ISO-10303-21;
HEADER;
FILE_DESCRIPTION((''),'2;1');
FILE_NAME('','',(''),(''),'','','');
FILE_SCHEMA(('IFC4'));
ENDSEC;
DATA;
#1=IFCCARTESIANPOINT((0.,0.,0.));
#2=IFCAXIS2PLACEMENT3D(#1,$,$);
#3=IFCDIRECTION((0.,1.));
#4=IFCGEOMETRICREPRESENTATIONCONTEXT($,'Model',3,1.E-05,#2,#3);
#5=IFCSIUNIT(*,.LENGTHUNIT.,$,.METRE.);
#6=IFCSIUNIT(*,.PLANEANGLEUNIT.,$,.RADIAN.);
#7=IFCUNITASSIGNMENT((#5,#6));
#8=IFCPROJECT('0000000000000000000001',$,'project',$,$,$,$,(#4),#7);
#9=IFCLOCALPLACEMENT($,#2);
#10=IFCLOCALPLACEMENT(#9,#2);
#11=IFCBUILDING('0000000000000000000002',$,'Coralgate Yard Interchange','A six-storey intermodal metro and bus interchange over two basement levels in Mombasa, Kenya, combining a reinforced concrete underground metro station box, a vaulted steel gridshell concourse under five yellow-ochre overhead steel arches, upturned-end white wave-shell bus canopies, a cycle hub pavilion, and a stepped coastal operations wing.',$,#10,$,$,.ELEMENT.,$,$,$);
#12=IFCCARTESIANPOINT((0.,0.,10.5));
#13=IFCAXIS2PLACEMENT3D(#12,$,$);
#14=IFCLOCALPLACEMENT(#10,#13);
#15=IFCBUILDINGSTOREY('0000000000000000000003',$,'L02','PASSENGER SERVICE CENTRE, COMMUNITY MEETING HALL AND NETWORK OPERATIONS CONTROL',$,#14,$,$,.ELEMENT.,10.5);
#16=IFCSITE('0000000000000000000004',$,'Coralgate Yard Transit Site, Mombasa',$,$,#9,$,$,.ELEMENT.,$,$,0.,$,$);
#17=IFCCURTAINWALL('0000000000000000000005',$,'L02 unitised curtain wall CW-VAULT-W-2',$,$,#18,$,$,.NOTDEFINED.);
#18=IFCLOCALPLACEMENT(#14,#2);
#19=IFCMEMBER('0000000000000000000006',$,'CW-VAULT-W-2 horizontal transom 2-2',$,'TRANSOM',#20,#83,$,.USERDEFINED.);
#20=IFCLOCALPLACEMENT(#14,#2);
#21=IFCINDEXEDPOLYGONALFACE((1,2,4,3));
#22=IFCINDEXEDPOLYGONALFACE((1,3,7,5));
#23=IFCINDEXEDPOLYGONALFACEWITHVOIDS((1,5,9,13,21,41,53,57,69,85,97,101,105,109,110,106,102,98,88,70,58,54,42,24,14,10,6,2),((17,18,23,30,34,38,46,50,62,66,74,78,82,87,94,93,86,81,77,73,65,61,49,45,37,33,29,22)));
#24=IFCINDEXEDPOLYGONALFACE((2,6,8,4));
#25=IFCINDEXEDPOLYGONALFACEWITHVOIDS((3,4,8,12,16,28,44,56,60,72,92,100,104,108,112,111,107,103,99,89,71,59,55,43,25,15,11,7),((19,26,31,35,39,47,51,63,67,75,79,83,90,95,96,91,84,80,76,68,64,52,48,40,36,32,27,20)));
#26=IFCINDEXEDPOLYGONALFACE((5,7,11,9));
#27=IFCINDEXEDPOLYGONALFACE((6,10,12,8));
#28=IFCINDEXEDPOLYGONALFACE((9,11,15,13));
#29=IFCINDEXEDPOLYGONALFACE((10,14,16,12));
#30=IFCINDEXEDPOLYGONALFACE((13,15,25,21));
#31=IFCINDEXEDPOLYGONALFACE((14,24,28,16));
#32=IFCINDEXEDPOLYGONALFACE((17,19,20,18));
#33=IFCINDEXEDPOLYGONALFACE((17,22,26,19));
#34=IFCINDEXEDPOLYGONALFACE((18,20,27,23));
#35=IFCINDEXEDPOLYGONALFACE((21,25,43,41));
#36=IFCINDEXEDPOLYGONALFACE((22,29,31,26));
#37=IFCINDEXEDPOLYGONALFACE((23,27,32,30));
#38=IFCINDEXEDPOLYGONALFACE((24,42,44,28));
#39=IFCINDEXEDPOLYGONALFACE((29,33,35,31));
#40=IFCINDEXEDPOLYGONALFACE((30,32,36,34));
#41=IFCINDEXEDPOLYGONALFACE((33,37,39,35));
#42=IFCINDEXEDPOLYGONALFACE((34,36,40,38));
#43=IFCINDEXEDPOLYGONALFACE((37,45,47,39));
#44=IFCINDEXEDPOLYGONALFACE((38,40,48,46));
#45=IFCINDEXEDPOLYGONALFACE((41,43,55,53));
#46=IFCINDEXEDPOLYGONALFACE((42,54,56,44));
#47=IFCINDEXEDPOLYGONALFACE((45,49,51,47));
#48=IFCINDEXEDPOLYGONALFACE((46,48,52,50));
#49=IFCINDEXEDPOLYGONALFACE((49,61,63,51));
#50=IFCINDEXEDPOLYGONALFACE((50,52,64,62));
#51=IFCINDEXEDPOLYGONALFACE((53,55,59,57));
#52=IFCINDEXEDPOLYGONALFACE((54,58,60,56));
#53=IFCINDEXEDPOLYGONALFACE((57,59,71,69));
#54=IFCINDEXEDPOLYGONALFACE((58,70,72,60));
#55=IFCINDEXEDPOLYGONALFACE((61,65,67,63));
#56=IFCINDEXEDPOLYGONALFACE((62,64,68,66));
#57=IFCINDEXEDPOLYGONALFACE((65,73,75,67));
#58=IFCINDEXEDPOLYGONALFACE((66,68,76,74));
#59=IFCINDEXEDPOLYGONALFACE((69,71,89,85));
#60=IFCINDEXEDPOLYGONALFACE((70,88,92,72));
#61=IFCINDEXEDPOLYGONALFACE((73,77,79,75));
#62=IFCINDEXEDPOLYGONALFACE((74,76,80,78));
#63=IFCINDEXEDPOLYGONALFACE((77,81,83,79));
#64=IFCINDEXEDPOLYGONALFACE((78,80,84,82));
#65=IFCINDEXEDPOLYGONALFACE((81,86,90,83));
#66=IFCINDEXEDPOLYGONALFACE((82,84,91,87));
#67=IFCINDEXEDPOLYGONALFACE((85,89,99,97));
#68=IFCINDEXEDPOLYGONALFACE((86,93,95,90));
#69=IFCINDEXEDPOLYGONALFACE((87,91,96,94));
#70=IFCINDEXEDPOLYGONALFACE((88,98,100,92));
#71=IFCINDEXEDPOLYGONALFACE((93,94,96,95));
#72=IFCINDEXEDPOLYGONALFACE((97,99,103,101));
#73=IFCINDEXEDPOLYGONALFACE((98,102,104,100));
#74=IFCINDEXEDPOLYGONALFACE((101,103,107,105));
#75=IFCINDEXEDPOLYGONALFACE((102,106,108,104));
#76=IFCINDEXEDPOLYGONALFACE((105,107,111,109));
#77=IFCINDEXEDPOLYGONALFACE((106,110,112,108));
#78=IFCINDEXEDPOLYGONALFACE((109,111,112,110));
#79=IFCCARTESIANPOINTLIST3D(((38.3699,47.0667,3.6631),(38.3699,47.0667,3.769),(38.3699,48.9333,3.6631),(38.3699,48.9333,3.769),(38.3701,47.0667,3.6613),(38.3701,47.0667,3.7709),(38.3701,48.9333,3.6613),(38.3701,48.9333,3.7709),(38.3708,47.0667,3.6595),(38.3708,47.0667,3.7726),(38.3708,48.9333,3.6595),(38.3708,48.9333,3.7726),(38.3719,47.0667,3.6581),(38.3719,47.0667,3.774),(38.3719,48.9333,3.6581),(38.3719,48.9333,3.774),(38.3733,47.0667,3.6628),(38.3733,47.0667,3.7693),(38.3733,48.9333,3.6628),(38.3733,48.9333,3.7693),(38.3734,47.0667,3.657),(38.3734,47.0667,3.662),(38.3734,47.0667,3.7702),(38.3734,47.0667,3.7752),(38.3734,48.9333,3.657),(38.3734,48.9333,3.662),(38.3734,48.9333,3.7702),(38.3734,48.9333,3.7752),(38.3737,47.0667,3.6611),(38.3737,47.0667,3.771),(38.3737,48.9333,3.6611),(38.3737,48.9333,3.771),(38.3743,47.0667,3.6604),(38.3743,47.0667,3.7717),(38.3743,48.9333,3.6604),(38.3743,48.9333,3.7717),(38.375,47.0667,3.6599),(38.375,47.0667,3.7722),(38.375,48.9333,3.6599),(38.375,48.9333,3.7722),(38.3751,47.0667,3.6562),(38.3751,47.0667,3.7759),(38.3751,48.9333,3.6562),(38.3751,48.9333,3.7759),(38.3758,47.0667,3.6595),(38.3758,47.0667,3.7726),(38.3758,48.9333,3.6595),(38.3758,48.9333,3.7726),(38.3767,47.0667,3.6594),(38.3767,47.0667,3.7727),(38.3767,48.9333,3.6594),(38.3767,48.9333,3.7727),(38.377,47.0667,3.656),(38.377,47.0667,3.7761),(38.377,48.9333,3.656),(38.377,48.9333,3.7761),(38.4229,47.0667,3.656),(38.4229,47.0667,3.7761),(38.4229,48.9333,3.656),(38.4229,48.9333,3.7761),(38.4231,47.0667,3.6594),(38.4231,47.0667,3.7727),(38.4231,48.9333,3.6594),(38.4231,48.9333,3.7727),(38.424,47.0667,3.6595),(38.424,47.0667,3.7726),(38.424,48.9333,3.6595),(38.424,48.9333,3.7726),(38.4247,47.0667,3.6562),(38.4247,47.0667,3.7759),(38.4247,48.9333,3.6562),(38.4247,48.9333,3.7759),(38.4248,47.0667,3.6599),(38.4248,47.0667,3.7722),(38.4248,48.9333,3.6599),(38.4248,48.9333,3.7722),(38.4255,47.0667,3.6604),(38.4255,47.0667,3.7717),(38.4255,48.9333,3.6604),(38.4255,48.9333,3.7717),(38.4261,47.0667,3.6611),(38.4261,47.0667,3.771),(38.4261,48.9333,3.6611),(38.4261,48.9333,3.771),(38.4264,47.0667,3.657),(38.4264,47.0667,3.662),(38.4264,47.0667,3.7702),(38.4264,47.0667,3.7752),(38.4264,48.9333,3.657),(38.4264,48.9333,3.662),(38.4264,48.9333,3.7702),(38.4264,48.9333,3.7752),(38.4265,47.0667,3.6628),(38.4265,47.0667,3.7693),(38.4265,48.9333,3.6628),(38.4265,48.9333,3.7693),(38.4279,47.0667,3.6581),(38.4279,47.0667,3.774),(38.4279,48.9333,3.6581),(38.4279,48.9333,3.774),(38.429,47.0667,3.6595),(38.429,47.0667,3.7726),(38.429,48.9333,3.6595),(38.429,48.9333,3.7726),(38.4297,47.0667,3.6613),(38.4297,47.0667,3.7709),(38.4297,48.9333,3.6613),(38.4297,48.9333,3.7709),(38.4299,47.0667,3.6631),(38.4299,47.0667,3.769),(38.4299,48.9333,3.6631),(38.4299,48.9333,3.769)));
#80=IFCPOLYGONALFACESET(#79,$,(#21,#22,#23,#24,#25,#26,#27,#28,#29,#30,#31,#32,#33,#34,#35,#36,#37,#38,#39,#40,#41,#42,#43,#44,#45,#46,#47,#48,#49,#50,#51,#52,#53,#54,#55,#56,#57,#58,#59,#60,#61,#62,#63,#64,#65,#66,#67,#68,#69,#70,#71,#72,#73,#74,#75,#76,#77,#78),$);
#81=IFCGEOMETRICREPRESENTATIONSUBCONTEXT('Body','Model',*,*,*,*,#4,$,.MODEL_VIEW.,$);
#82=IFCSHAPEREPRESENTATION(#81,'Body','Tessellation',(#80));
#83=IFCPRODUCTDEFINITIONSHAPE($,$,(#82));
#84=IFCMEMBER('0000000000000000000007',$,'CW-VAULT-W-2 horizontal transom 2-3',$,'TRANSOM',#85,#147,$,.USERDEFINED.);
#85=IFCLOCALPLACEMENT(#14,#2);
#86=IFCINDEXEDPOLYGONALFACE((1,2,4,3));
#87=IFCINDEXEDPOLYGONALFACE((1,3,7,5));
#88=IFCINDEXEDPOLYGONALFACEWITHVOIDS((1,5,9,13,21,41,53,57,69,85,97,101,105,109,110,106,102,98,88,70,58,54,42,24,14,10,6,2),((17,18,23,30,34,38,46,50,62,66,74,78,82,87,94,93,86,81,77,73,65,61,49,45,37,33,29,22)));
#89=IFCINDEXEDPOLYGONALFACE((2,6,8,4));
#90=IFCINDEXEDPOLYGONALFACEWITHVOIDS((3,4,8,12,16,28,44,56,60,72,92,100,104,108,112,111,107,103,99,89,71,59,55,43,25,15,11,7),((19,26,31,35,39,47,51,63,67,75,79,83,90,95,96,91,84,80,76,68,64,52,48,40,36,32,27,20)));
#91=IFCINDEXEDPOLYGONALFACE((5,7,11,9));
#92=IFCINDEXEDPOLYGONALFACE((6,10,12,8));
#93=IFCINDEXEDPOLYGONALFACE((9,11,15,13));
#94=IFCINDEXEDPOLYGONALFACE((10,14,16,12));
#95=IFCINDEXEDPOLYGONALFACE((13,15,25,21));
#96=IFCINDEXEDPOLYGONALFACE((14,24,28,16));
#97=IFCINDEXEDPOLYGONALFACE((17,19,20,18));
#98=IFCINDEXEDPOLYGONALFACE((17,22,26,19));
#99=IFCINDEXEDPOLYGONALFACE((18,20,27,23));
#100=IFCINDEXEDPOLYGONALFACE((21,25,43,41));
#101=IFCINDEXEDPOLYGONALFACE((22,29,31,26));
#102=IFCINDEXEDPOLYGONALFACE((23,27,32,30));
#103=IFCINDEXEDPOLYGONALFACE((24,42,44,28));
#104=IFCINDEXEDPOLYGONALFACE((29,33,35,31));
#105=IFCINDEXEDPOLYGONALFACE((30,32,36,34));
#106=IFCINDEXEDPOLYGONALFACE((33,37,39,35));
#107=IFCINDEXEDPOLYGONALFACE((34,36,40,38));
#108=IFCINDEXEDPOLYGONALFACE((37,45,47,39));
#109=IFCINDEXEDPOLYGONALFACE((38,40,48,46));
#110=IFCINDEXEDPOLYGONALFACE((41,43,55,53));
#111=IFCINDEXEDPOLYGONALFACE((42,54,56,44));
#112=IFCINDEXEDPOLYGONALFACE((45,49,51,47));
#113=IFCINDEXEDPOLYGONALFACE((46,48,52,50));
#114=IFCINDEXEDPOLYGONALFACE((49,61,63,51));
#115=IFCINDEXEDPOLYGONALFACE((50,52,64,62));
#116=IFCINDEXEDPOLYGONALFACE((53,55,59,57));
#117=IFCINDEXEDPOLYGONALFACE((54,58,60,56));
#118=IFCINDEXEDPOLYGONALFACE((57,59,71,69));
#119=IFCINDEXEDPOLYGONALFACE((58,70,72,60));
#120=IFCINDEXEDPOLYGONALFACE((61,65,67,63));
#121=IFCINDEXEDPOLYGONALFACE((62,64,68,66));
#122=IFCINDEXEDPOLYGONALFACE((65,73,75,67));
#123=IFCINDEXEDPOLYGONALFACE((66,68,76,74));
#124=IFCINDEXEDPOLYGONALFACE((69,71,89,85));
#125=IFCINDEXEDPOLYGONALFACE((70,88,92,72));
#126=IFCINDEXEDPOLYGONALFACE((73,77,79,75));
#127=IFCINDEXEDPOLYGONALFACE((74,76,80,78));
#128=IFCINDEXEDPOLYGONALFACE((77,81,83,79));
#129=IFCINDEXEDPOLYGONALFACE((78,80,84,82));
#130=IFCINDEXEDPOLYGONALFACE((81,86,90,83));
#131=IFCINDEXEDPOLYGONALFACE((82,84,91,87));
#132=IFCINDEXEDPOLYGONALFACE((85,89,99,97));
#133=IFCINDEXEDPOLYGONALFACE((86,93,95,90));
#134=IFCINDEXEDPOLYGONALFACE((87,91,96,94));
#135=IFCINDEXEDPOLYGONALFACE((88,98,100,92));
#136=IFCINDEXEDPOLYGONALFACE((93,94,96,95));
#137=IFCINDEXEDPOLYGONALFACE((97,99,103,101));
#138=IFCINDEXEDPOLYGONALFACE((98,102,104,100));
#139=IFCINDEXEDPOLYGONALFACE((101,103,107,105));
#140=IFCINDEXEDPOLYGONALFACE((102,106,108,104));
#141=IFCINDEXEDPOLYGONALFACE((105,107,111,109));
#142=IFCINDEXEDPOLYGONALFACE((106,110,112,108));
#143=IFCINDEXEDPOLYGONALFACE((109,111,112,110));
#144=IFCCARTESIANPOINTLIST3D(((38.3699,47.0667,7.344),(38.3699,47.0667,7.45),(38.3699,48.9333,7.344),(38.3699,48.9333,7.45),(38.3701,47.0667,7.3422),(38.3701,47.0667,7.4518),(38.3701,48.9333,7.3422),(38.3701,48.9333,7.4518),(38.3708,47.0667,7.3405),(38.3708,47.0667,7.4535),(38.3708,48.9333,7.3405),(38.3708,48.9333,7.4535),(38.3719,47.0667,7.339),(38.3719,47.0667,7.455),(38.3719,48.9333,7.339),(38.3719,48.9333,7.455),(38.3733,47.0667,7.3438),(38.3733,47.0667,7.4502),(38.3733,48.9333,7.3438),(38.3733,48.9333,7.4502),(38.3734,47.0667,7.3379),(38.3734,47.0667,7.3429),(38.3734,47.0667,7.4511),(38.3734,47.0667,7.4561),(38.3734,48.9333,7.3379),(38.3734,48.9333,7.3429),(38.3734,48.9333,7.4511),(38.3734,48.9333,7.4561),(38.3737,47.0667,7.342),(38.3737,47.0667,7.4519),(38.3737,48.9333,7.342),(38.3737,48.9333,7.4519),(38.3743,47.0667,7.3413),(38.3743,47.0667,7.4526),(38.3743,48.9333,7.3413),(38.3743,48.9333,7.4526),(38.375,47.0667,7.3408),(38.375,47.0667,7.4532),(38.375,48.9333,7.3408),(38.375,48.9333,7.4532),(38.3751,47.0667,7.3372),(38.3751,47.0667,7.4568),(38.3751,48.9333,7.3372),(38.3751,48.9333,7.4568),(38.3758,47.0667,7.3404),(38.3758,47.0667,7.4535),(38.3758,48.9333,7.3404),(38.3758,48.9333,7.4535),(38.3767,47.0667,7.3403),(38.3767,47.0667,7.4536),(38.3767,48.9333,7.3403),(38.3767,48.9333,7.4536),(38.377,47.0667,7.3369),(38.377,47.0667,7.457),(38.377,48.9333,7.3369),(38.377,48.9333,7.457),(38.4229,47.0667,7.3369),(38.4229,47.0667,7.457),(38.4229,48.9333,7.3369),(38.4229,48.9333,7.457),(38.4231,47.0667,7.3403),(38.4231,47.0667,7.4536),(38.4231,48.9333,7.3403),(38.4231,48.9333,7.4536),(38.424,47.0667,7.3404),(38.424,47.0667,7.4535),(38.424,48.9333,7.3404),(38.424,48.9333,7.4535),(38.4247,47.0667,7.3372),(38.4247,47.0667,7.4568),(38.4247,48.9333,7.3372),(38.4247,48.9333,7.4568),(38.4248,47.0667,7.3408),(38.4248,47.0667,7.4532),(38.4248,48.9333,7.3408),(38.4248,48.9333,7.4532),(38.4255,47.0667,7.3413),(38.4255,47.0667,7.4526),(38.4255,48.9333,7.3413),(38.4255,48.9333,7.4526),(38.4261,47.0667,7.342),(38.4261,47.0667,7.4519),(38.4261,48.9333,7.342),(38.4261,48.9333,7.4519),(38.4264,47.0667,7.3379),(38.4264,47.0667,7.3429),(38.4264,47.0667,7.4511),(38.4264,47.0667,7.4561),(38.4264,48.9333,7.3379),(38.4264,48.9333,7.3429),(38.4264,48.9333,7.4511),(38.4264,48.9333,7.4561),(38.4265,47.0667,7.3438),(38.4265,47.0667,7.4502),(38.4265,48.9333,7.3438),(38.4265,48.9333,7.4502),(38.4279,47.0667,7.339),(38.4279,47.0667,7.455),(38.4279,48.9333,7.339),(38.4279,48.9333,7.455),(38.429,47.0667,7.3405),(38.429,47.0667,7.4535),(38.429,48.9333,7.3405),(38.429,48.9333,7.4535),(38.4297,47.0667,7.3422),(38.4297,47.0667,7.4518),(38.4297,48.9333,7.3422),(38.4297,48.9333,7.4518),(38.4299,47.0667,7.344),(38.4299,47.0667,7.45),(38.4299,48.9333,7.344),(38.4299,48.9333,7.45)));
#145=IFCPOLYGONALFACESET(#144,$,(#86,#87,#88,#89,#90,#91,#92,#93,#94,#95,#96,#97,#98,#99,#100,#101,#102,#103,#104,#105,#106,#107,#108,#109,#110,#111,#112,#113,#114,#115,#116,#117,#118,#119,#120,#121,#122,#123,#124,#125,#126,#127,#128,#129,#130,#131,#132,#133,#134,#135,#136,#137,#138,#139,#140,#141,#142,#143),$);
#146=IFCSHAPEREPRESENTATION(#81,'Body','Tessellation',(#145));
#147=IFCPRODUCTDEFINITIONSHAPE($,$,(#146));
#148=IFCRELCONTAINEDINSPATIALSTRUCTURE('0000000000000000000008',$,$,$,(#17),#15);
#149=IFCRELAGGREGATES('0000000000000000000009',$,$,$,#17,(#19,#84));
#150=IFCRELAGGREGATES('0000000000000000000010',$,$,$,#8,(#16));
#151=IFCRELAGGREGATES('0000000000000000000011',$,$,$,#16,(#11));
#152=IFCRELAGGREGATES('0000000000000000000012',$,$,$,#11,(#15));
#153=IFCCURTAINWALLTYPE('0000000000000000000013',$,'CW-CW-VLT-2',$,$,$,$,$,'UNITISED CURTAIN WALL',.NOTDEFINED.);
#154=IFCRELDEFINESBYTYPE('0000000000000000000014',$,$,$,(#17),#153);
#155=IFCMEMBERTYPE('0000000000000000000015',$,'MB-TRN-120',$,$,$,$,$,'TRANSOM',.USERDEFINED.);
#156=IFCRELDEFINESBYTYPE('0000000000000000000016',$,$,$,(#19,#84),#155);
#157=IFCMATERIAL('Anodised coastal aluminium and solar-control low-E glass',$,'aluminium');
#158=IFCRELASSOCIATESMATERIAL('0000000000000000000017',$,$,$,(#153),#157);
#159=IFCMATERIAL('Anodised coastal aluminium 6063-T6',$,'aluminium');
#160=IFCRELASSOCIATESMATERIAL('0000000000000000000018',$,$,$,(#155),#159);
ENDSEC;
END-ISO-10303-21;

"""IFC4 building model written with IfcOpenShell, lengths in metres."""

from ifc_helpers import new_model, si_unit, direction, frame, origin, origin_2d, place, context, subcontext, project, spatial, hollow_rectangle, extrude, material, material_profile, profile_set, type_object, element, aggregate, save


model = new_model("IFC4")

# Units and contexts
model_context = context("Model", 3, precision=1e-05, world=origin(), true_north=direction((0.0, 1.0)))
body_context = subcontext(model_context, "Body", "Model", "MODEL_VIEW")
ifc_project = project(units=[si_unit("LENGTHUNIT", "METRE"), si_unit("PLANEANGLEUNIT", "RADIAN")], contexts=[model_context])

# Site, building, storey
site_placement = place(None, origin())
site = spatial("IfcSite", under=ifc_project, at=site_placement, Name="Coralgate Yard Transit Site, Mombasa", CompositionType="ELEMENT", RefElevation=0.0)
building_placement = place(site_placement, origin())
building = spatial("IfcBuilding", under=site, at=building_placement, Name="Coralgate Yard Interchange", Description="A six-storey intermodal metro and bus interchange over two basement levels in Mombasa, Kenya, combining a reinforced concrete underground metro station box, a vaulted steel gridshell concourse under five yellow-ochre overhead steel arches, upturned-end white wave-shell bus canopies, a cycle hub pavilion, and a stepped coastal operations wing.", CompositionType="ELEMENT")
storey_placement = place(building_placement, frame((0.0, 0.0, 10.5)))
storey = spatial("IfcBuildingStorey", under=building, at=storey_placement, Name="L02", Description="PASSENGER SERVICE CENTRE, COMMUNITY MEETING HALL AND NETWORK OPERATIONS CONTROL", CompositionType="ELEMENT", Elevation=10.5)

# Shared definitions
ifc_material_1 = material(Name="Anodised coastal aluminium and solar-control low-E glass", Category="aluminium")
ifc_material_2 = material(Name="Anodised coastal aluminium 6063-T6", Category="aluminium")

# Curtain wall
curtain_wall_type_1 = type_object("IfcCurtainWallType", Name="CW-CW-VLT-2", ElementType="UNITISED CURTAIN WALL", PredefinedType="NOTDEFINED", material=ifc_material_1)
curtain_wall_1_placement = place(storey_placement, origin())
curtain_wall_1 = element("IfcCurtainWall", 1, at=curtain_wall_1_placement, inside=storey, type_object=curtain_wall_type_1, Name="L02 unitised curtain wall CW-VAULT-W-2", PredefinedType="NOTDEFINED")

# Members
ifc_material_profile_1 = material_profile(ifc_material_2, hollow_rectangle(XDim=0.0601, YDim=0.1201, WallThickness=0.0034, InnerFilletRadius=0.0034, OuterFilletRadius=0.0071, at=origin_2d()), Name="ALU 60x120x3.5")
ifc_profile_set_1 = profile_set([ifc_material_profile_1], Name="Anodised coastal aluminium 6063-T6")
member_type_1 = type_object("IfcMemberType", Name="MB-TRN-120", ElementType="TRANSOM", PredefinedType="USERDEFINED", material=ifc_profile_set_1)
member_1_placement = place(storey_placement, frame((38.3999, 47.0667, 3.7161), z_axis=(0.0, 1.0, 0.0), x_axis=(-1.0, 0.0, 0.0)))
member_1 = element("IfcMember", 2, at=member_1_placement, type_object=member_type_1, Name="CW-VAULT-W-2 horizontal transom 2-2", ObjectType="TRANSOM", PredefinedType="USERDEFINED", context=body_context, shape_type="SweptSolid", body=[
    extrude(hollow_rectangle(XDim=0.0601, YDim=0.1201, WallThickness=0.0034, InnerFilletRadius=0.0034, OuterFilletRadius=0.0071, at=origin_2d()), origin(), (0.0, 0.0, 1.0), 1.8667),
])
member_2_placement = place(storey_placement, frame((38.3999, 47.0667, 7.397), z_axis=(0.0, 1.0, 0.0), x_axis=(-1.0, 0.0, 0.0)))
member_2 = element("IfcMember", 3, at=member_2_placement, type_object=member_type_1, Name="CW-VAULT-W-2 horizontal transom 2-3", ObjectType="TRANSOM", PredefinedType="USERDEFINED", context=body_context, shape_type="SweptSolid", body=[
    extrude(hollow_rectangle(XDim=0.0601, YDim=0.1201, WallThickness=0.0034, InnerFilletRadius=0.0034, OuterFilletRadius=0.0071, at=origin_2d()), origin(), (0.0, 0.0, 1.0), 1.8667),
])

aggregate(curtain_wall_1, [member_1, member_2])

save(model, "model.ifc")
